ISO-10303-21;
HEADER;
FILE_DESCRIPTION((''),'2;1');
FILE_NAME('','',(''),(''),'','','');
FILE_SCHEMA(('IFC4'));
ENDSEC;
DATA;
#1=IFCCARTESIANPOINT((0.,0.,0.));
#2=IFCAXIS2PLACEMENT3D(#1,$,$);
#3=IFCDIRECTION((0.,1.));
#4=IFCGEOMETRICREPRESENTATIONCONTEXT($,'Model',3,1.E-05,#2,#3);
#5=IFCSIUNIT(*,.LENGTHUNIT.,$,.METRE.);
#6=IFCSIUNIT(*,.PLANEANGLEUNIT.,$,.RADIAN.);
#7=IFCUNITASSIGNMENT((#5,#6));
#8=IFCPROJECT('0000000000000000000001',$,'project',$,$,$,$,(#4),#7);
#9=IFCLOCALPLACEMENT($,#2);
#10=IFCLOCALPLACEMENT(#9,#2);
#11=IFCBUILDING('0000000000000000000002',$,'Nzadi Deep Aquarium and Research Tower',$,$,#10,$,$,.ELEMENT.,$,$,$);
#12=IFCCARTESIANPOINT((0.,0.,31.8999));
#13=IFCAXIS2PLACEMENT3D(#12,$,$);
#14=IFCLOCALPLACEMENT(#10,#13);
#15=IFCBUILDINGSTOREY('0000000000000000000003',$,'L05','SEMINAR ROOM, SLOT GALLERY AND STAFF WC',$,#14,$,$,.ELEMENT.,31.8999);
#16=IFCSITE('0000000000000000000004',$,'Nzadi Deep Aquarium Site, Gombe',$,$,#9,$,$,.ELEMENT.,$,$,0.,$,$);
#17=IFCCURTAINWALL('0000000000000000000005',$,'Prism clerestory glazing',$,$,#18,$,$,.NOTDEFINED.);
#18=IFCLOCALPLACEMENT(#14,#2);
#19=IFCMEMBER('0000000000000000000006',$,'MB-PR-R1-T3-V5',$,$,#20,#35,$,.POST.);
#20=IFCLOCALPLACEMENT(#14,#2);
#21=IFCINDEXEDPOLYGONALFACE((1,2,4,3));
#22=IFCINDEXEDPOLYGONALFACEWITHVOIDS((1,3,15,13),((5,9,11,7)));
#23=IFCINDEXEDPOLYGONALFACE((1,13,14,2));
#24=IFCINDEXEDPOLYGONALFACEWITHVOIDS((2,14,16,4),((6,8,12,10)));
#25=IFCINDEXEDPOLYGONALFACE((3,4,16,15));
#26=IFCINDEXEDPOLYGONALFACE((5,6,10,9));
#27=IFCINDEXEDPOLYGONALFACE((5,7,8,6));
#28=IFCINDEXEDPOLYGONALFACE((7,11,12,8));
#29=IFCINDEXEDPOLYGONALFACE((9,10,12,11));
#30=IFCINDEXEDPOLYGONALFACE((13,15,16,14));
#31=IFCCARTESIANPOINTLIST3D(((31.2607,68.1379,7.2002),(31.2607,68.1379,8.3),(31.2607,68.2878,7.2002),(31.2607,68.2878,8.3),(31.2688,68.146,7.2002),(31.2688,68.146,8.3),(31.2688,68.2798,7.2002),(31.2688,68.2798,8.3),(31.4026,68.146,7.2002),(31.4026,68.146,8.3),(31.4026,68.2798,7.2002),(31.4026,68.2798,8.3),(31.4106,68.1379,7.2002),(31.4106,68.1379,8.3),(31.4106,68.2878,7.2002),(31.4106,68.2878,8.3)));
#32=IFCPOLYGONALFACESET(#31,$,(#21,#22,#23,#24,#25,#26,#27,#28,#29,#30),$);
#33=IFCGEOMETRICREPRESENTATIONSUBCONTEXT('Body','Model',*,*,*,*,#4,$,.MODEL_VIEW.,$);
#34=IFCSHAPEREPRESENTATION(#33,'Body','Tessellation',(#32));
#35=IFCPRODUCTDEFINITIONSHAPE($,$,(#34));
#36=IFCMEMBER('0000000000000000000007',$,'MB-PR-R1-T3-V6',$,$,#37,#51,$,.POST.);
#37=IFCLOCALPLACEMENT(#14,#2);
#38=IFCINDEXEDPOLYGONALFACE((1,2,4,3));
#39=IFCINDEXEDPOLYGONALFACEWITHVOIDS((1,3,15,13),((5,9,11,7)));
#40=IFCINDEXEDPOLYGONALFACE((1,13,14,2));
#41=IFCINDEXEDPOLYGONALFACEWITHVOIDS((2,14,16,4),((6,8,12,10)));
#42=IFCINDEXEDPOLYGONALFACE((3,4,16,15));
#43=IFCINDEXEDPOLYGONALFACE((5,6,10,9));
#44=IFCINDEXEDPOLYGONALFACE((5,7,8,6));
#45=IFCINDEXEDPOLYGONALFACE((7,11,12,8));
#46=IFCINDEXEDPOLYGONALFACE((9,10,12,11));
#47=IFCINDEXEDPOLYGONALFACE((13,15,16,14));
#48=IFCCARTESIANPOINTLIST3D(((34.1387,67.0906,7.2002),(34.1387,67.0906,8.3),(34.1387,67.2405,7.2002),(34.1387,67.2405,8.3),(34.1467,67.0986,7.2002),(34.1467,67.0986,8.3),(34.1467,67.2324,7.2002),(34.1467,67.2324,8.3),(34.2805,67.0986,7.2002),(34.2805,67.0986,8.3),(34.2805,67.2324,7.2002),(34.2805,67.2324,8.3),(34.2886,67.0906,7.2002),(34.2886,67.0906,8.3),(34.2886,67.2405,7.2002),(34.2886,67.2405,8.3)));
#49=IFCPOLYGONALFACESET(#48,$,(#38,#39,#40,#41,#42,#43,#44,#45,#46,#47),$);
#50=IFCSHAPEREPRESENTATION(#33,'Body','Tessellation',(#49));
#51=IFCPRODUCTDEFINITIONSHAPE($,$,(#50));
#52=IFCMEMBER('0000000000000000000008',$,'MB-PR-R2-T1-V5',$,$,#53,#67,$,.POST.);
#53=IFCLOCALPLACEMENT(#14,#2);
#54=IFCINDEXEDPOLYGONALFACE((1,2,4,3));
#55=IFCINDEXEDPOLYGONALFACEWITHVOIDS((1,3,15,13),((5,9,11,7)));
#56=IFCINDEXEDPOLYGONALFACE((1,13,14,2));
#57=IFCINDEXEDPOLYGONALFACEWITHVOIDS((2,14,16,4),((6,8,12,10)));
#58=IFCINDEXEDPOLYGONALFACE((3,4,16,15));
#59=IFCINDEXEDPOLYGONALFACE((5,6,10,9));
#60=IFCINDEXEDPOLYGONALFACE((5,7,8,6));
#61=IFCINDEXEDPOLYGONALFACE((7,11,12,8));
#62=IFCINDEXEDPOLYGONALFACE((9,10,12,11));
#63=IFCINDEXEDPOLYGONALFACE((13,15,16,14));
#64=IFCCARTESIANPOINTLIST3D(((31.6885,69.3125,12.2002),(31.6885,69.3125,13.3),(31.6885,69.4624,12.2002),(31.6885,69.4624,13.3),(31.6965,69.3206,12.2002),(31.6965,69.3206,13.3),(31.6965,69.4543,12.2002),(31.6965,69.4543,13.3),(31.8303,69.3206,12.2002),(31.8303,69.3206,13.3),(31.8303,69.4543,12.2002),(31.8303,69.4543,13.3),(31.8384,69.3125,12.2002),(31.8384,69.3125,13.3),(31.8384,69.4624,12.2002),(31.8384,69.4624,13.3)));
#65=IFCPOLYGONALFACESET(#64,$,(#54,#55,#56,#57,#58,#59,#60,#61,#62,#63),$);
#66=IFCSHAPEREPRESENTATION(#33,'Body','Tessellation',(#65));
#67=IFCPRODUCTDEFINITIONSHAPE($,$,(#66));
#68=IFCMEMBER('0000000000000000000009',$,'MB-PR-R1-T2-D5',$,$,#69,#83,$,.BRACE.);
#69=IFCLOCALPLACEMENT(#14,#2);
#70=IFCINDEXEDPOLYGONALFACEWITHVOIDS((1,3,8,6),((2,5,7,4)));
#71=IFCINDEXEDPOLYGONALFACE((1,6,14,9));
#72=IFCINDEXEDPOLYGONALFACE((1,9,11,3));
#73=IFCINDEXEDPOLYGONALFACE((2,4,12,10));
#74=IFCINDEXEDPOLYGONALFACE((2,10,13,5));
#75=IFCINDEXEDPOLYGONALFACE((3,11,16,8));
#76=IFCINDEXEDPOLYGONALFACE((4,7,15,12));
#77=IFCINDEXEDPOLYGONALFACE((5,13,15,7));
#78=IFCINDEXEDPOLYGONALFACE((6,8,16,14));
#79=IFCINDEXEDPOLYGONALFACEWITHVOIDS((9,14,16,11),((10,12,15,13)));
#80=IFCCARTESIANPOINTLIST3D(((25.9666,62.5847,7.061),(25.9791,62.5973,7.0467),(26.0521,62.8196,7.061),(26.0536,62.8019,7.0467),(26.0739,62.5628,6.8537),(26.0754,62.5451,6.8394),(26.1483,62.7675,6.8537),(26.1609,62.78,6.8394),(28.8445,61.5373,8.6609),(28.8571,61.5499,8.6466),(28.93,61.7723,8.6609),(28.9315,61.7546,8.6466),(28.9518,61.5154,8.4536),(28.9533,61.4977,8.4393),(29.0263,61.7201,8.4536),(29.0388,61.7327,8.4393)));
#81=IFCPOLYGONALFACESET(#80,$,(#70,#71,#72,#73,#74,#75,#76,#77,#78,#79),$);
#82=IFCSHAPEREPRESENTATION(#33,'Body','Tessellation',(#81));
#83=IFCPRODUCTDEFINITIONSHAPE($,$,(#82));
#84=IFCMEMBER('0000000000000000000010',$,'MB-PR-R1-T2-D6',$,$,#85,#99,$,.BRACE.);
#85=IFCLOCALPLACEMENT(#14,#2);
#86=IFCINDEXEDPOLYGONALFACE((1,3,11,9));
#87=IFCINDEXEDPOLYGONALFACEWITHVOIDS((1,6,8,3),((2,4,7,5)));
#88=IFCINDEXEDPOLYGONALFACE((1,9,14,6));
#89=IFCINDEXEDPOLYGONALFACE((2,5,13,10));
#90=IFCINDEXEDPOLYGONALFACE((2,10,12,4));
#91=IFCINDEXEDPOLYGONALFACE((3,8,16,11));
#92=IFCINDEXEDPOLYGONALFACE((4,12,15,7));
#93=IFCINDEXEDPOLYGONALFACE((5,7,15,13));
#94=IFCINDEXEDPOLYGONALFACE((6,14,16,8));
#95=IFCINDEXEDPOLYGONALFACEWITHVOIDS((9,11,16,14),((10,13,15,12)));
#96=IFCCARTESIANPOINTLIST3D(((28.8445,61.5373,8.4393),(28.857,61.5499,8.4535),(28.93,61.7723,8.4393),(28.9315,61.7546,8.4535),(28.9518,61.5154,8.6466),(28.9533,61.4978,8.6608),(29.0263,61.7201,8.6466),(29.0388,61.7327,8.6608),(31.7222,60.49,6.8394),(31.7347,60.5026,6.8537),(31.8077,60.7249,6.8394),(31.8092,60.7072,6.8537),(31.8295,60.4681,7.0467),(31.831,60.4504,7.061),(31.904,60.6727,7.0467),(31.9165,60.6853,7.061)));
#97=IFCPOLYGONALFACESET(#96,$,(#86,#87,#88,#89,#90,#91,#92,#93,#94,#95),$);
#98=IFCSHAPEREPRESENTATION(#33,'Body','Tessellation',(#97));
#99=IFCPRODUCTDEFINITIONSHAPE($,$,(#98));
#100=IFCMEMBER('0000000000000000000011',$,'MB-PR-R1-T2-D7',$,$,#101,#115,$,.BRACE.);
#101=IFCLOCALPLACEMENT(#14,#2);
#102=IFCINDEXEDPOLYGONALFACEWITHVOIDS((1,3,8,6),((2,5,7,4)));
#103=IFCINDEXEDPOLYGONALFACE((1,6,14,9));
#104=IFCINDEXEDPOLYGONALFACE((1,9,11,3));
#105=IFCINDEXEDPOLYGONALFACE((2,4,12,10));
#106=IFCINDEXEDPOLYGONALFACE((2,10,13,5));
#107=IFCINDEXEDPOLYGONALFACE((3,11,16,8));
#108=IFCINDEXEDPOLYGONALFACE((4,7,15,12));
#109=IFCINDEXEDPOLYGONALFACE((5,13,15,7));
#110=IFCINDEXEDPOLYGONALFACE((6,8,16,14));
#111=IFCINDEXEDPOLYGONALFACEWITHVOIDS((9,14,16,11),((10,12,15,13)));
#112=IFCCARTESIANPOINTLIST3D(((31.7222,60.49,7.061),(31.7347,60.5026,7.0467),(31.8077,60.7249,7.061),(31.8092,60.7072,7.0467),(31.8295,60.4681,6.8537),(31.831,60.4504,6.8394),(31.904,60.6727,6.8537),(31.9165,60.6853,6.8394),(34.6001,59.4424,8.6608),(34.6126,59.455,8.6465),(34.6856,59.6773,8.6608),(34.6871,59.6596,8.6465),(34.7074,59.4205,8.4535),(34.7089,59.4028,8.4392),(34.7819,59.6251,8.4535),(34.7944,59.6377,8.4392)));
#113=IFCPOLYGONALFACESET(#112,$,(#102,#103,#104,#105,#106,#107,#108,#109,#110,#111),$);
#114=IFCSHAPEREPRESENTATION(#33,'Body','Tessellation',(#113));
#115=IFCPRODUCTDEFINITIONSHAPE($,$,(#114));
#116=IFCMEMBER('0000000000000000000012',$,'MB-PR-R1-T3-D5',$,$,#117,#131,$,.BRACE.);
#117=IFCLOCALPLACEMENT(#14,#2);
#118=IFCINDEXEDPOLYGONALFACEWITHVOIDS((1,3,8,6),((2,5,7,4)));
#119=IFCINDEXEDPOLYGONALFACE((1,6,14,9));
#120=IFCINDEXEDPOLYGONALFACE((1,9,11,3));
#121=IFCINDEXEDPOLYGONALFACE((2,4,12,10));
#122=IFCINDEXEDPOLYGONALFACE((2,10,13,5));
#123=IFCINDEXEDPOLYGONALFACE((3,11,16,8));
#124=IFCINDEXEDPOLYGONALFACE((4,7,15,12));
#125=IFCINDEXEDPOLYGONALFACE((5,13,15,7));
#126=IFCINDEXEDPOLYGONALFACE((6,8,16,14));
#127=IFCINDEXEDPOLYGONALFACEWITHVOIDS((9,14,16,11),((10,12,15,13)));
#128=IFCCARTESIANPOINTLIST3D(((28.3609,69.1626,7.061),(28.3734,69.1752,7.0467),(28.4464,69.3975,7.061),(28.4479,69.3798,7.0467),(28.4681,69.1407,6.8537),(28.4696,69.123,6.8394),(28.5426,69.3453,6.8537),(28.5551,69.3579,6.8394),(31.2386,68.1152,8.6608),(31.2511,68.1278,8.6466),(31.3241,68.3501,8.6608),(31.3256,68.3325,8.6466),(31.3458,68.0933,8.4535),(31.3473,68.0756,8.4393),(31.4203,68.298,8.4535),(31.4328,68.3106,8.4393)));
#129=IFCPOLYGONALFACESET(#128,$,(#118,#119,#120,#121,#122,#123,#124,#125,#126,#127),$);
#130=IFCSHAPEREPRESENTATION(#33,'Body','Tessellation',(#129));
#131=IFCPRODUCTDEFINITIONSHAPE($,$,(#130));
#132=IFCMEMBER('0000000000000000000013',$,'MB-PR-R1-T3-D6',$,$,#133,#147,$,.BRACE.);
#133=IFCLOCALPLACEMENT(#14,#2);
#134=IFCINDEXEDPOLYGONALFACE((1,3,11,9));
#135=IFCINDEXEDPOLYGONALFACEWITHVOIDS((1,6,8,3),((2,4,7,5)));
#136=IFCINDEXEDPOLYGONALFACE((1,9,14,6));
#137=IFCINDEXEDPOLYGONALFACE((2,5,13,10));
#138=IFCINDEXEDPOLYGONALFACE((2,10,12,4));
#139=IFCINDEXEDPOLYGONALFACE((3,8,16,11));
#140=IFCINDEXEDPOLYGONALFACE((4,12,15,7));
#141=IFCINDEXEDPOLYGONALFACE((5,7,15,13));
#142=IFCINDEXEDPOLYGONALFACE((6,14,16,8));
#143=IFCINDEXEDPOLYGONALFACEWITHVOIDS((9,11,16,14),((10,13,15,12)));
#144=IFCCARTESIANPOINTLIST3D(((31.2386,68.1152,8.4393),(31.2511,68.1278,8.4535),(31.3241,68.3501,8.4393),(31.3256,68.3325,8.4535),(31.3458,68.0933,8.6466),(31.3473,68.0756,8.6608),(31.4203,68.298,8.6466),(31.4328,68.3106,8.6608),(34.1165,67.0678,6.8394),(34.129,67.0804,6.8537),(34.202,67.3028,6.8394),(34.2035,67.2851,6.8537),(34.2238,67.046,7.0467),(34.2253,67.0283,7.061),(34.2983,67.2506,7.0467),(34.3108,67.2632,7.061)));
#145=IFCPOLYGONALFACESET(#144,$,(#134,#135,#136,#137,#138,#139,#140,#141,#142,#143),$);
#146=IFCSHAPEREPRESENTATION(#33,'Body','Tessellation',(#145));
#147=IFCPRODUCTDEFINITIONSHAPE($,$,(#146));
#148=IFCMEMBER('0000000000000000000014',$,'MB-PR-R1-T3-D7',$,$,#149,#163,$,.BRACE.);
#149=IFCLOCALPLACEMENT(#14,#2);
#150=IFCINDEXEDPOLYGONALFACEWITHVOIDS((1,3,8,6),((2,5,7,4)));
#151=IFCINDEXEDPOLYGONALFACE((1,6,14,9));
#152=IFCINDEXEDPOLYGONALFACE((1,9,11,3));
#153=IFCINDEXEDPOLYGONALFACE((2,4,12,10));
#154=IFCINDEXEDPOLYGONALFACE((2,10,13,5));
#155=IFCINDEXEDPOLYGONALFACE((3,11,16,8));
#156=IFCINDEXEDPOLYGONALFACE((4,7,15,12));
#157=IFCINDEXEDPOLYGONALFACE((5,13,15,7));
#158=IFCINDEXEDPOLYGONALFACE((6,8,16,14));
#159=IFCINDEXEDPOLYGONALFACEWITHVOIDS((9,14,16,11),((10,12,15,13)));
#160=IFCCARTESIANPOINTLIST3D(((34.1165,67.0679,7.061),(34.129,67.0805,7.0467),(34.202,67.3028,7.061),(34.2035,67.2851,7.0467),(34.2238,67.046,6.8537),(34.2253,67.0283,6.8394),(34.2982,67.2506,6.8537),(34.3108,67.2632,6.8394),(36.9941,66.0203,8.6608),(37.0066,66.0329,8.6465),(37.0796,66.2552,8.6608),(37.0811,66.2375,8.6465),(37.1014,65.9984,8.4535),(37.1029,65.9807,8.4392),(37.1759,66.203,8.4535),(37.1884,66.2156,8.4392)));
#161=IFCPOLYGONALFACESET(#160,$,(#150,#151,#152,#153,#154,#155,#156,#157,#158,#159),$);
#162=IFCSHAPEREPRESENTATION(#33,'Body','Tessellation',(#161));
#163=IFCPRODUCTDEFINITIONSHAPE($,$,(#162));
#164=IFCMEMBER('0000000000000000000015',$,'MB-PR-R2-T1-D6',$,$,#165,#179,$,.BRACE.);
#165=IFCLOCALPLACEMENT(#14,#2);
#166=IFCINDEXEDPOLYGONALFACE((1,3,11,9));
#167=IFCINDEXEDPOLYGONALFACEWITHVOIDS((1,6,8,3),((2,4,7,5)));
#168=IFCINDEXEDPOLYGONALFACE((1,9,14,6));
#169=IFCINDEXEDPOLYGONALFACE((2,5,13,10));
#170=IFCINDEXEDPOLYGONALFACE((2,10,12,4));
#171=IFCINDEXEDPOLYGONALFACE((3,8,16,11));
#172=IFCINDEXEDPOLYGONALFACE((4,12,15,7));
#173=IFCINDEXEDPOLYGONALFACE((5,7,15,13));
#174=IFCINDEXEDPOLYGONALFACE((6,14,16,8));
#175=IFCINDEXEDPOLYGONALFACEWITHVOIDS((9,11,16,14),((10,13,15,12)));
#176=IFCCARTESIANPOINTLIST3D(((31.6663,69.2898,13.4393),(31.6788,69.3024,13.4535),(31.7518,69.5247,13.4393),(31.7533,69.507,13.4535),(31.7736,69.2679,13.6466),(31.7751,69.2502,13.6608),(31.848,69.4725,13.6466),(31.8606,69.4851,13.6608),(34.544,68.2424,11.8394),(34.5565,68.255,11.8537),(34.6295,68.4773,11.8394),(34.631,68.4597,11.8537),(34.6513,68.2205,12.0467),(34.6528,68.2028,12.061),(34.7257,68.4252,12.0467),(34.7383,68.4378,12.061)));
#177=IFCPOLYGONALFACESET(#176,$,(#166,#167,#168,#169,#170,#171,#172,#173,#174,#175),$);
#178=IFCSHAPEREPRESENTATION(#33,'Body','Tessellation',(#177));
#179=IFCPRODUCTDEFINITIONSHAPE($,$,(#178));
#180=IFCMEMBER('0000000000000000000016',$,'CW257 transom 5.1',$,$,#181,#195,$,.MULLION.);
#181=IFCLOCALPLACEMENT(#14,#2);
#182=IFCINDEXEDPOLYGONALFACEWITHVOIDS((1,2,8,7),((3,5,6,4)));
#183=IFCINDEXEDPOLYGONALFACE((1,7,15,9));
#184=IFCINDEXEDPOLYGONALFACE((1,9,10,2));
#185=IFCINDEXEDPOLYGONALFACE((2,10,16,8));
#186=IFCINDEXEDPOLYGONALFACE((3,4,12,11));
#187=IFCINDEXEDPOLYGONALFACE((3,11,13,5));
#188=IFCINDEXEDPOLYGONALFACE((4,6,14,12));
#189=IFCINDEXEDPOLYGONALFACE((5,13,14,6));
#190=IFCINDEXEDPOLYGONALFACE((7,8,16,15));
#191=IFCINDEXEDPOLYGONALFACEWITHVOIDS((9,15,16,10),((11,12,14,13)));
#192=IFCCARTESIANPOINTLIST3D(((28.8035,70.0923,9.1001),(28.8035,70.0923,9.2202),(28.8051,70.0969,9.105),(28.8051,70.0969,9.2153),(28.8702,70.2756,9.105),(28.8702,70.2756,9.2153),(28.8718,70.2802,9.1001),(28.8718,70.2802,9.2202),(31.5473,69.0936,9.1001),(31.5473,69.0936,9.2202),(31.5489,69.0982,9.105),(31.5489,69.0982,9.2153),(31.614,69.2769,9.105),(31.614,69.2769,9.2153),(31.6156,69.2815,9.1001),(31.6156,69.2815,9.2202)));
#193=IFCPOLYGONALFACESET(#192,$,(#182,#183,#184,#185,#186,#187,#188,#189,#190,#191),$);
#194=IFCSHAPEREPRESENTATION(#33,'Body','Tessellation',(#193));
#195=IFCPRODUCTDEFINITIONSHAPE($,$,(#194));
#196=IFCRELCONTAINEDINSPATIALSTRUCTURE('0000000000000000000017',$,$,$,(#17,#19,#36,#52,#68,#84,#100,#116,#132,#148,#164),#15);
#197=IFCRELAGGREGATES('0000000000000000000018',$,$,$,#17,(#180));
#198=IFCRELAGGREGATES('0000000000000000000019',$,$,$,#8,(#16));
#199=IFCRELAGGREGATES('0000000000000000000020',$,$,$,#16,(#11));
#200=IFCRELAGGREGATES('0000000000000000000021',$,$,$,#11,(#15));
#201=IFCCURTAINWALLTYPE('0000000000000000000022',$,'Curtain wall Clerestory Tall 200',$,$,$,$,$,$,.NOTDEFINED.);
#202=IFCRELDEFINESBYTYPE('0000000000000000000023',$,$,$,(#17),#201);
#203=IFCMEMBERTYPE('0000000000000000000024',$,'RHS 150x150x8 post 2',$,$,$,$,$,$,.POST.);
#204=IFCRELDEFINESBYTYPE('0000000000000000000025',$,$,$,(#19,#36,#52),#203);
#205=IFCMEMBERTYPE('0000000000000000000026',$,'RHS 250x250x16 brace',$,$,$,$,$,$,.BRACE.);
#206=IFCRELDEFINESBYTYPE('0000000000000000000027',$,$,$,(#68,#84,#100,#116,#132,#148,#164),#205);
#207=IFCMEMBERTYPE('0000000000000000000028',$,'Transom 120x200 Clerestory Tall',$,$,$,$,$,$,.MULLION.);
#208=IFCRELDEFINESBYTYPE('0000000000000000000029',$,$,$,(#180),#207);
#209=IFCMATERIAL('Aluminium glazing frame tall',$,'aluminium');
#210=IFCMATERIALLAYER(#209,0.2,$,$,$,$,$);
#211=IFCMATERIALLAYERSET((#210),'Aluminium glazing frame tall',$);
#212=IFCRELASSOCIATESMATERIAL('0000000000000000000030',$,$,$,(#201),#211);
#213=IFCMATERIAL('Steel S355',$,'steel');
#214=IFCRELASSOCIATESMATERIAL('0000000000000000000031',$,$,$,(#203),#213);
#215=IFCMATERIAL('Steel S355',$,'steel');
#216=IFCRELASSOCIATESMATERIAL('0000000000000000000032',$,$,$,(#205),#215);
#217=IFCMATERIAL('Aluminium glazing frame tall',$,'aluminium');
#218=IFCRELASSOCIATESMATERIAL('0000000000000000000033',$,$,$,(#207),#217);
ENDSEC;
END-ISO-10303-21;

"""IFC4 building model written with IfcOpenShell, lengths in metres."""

from ifc_helpers import new_model, si_unit, direction, frame, origin, origin_2d, place, context, subcontext, project, spatial, hollow_rectangle, extrude, material, layer, layer_set, material_profile, profile_set, type_object, element, aggregate, save


model = new_model("IFC4")

# Units and contexts
model_context = context("Model", 3, precision=1e-05, world=origin(), true_north=direction((0.0, 1.0)))
body_context = subcontext(model_context, "Body", "Model", "MODEL_VIEW")
ifc_project = project(units=[si_unit("LENGTHUNIT", "METRE"), si_unit("PLANEANGLEUNIT", "RADIAN")], contexts=[model_context])

# Site, building, storey
site_placement = place(None, origin())
site = spatial("IfcSite", under=ifc_project, at=site_placement, Name="Nzadi Deep Aquarium Site, Gombe", CompositionType="ELEMENT", RefElevation=0.0)
building_placement = place(site_placement, origin())
building = spatial("IfcBuilding", under=site, at=building_placement, Name="Nzadi Deep Aquarium and Research Tower", CompositionType="ELEMENT")
storey_placement = place(building_placement, frame((0.0, 0.0, 31.8999)))
storey = spatial("IfcBuildingStorey", under=building, at=storey_placement, Name="L05", Description="SEMINAR ROOM, SLOT GALLERY AND STAFF WC", CompositionType="ELEMENT", Elevation=31.8999)

# Curtain wall
ifc_material_1 = material(Name="Aluminium glazing frame tall", Category="aluminium")
ifc_layer_1 = layer(ifc_material_1, 0.2)
ifc_layer_set_1 = layer_set([ifc_layer_1], Name="Aluminium glazing frame tall")
curtain_wall_type = type_object("IfcCurtainWallType", Name="Curtain wall Clerestory Tall 200", PredefinedType="NOTDEFINED", material=ifc_layer_set_1)
curtain_wall_placement = place(storey_placement, origin())
curtain_wall = element("IfcCurtainWall", 1, at=curtain_wall_placement, inside=storey, type_object=curtain_wall_type, Name="Prism clerestory glazing", PredefinedType="NOTDEFINED")

# Members
ifc_material_2 = material(Name="Steel S355", Category="steel")
ifc_material_profile_1 = material_profile(ifc_material_2, hollow_rectangle(XDim=0.1499, YDim=0.1499, WallThickness=0.0081, at=origin_2d()))
ifc_profile_set_1 = profile_set([ifc_material_profile_1], Name="Steel S355")
member_type_1 = type_object("IfcMemberType", Name="RHS 150x150x8 post 2", PredefinedType="POST", material=ifc_profile_set_1)
for number, where, z_axis, x_axis, name in (
    (2, (31.3357, 68.2129, 7.2002), (0.0, 0.0, 1.0), (1.0, 0.0, 0.0), "MB-PR-R1-T3-V5"),
    (3, (34.2136, 67.1655, 7.2002), (0.0, 0.0, 1.0), (1.0, 0.0, 0.0), "MB-PR-R1-T3-V6"),
    (4, (31.7634, 69.3875, 12.2002), (0.0, 0.0, 1.0), (1.0, 0.0, 0.0), "MB-PR-R2-T1-V5"),
):
    element("IfcMember", number, at=place(storey_placement, frame(where, z_axis=z_axis, x_axis=x_axis)), inside=storey, type_object=member_type_1, Name=name, PredefinedType="POST", context=body_context, shape_type="SweptSolid", body=[
        extrude(hollow_rectangle(XDim=0.1499, YDim=0.1499, WallThickness=0.0081, at=origin_2d()), origin(), (0.0, 0.0, 1.0), 1.0999),
    ])
ifc_material_3 = material(Name="Steel S355", Category="steel")
ifc_material_profile_2 = material_profile(ifc_material_3, hollow_rectangle(XDim=0.25, YDim=0.25, WallThickness=0.0161, at=origin_2d()))
ifc_profile_set_2 = profile_set([ifc_material_profile_2], Name="Steel S355")
member_type_2 = type_object("IfcMemberType", Name="RHS 250x250x16 brace", PredefinedType="BRACE", material=ifc_profile_set_2)
member_1_placement = place(storey_placement, frame((26.0637, 62.6824, 6.9502), z_axis=(0.832907, -0.303119, 0.463017), x_axis=(0.341986, 0.939705, 0.0)))
element("IfcMember", 5, at=member_1_placement, inside=storey, type_object=member_type_2, Name="MB-PR-R1-T2-D5", PredefinedType="BRACE", context=body_context, shape_type="SweptSolid", body=[
    extrude(hollow_rectangle(XDim=0.25, YDim=0.25, WallThickness=0.0161, at=origin_2d()), origin(), (0.0, 0.0, 1.0), 3.4553),
])
member_2_placement = place(storey_placement, frame((28.9417, 61.635, 8.55), z_axis=(0.832885, -0.303137, -0.463044), x_axis=(0.342012, 0.939696, 0.0)))
element("IfcMember", 6, at=member_2_placement, inside=storey, type_object=member_type_2, Name="MB-PR-R1-T2-D6", PredefinedType="BRACE", context=body_context, shape_type="SweptSolid", body=[
    extrude(hollow_rectangle(XDim=0.25, YDim=0.25, WallThickness=0.0161, at=origin_2d()), origin(), (0.0, 0.0, 1.0), 3.4551),
])
member_3_placement = place(storey_placement, frame((31.8193, 60.5876, 6.9502), z_axis=(0.832889, -0.303184, 0.463007), x_axis=(0.342057, 0.939679, 0.0)))
element("IfcMember", 7, at=member_3_placement, inside=storey, type_object=member_type_2, Name="MB-PR-R1-T2-D7", PredefinedType="BRACE", context=body_context, shape_type="SweptSolid", body=[
    extrude(hollow_rectangle(XDim=0.25, YDim=0.25, WallThickness=0.0161, at=origin_2d()), origin(), (0.0, 0.0, 1.0), 3.4553),
])
member_4_placement = place(storey_placement, frame((28.458, 69.2603, 6.9502), z_axis=(0.832885, -0.303137, 0.463044), x_axis=(0.342012, 0.939696, 0.0)))
element("IfcMember", 8, at=member_4_placement, inside=storey, type_object=member_type_2, Name="MB-PR-R1-T3-D5", PredefinedType="BRACE", context=body_context, shape_type="SweptSolid", body=[
    extrude(hollow_rectangle(XDim=0.25, YDim=0.25, WallThickness=0.0161, at=origin_2d()), origin(), (0.0, 0.0, 1.0), 3.4551),
])
member_5_placement = place(storey_placement, frame((31.3357, 68.2129, 8.55), z_axis=(0.832907, -0.303119, -0.463017), x_axis=(0.341986, 0.939705, 0.0)))
element("IfcMember", 9, at=member_5_placement, inside=storey, type_object=member_type_2, Name="MB-PR-R1-T3-D6", PredefinedType="BRACE", context=body_context, shape_type="SweptSolid", body=[
    extrude(hollow_rectangle(XDim=0.25, YDim=0.25, WallThickness=0.0161, at=origin_2d()), origin(), (0.0, 0.0, 1.0), 3.4553),
])
for number, where, z_axis, x_axis, name in (
    (10, (34.2136, 67.1655, 6.9502), (0.832868, -0.303201, 0.463034), (0.342082, 0.93967, 0.0), "MB-PR-R1-T3-D7"),
    (11, (31.7634, 69.3875, 13.55), (0.832885, -0.303137, -0.463044), (0.342012, 0.939696, 0.0), "MB-PR-R2-T1-D6"),
):
    element("IfcMember", number, at=place(storey_placement, frame(where, z_axis=z_axis, x_axis=x_axis)), inside=storey, type_object=member_type_2, Name=name, PredefinedType="BRACE", context=body_context, shape_type="SweptSolid", body=[
        extrude(hollow_rectangle(XDim=0.25, YDim=0.25, WallThickness=0.0161, at=origin_2d()), origin(), (0.0, 0.0, 1.0), 3.4551),
    ])

# Member
ifc_material_4 = material(Name="Aluminium glazing frame tall", Category="aluminium")
ifc_material_profile_3 = material_profile(ifc_material_4, hollow_rectangle(XDim=0.2, YDim=0.1201, WallThickness=0.0049, at=origin_2d()))
ifc_profile_set_3 = profile_set([ifc_material_profile_3], Name="Aluminium glazing frame tall")
member_type_3 = type_object("IfcMemberType", Name="Transom 120x200 Clerestory Tall", PredefinedType="MULLION", material=ifc_profile_set_3)
member_6_placement = place(storey_placement, frame((28.8376, 70.1863, 9.1602), z_axis=(0.939684, -0.342045, 0.0), x_axis=(0.342045, 0.939684, 0.0)))
member_6 = element("IfcMember", 12, at=member_6_placement, type_object=member_type_3, Name="CW257 transom 5.1", PredefinedType="MULLION", context=body_context, shape_type="SweptSolid", body=[
    extrude(hollow_rectangle(XDim=0.2, YDim=0.1201, WallThickness=0.0049, at=origin_2d()), origin(), (0.0, 0.0, 1.0), 2.9199),
])

aggregate(curtain_wall, [member_6])

save(model, "model.ifc")
